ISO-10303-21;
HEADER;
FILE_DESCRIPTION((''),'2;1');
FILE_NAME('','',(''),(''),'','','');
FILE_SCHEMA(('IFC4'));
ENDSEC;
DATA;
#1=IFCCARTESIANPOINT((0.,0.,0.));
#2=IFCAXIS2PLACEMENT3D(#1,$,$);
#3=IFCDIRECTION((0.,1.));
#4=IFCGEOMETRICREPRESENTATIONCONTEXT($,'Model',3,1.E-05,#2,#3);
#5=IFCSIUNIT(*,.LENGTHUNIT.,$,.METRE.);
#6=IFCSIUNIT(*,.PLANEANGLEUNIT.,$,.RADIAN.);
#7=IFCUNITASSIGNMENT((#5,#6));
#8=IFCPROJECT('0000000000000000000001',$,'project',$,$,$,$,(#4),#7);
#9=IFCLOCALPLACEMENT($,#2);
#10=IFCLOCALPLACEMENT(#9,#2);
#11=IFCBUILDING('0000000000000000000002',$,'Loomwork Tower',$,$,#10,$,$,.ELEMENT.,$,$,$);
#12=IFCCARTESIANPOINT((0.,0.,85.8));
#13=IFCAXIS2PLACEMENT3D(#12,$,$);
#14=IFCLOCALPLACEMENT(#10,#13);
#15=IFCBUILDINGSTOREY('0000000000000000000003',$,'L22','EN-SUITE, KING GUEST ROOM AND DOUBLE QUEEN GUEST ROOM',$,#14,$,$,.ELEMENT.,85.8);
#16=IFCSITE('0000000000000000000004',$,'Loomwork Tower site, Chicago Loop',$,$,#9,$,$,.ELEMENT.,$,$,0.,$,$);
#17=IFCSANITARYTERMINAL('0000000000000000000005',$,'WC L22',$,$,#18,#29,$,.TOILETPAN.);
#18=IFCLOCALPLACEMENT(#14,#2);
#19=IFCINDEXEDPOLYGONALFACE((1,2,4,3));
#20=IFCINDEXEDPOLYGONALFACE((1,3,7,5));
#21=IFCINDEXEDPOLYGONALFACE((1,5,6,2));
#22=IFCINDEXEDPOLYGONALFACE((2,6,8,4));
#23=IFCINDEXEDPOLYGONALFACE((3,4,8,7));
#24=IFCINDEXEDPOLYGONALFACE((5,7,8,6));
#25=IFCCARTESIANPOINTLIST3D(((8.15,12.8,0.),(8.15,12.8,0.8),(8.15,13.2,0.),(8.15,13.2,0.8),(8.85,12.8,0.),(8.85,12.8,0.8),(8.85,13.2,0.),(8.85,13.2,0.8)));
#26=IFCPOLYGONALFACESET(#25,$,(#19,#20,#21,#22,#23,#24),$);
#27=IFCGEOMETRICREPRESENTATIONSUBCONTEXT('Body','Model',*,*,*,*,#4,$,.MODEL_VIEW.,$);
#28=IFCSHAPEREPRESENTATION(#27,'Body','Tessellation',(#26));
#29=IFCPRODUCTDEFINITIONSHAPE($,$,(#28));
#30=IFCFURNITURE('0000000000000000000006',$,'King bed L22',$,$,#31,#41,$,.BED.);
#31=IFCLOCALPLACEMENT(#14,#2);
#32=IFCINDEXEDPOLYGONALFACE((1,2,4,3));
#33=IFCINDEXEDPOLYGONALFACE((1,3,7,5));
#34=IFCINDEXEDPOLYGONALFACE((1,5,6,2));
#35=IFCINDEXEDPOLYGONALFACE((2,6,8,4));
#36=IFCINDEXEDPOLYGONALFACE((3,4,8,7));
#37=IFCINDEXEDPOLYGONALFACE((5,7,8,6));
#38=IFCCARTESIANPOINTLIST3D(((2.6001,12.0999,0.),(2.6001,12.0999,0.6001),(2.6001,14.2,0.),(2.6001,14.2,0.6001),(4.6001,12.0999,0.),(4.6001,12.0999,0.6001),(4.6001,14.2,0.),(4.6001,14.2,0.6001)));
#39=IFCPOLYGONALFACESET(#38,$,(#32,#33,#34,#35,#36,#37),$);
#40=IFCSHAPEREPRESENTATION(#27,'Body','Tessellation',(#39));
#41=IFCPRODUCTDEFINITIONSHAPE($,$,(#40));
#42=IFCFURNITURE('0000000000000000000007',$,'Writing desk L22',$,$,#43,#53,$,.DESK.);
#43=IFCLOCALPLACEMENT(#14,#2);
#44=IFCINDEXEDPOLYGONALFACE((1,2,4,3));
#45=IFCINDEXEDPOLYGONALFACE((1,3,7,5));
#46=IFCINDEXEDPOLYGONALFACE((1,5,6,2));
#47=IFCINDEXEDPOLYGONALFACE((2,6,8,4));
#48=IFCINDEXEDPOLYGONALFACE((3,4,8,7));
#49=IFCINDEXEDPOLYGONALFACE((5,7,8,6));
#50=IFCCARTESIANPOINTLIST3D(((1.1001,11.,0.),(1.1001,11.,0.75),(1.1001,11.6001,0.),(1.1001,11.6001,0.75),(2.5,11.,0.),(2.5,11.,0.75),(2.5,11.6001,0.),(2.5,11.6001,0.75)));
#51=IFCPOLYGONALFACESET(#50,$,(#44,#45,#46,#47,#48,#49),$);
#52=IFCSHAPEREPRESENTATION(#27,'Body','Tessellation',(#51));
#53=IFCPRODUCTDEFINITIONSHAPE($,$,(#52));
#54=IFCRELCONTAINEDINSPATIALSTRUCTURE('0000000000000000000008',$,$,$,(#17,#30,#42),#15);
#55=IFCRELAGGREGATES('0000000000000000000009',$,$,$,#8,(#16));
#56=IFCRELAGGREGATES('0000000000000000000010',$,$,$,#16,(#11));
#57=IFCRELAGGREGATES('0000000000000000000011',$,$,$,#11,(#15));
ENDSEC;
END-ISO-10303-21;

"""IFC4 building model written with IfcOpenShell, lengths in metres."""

from ifc_helpers import new_model, si_unit, direction, frame, origin, origin_2d, place, context, subcontext, project, spatial, rectangle, extrude, element, save


model = new_model("IFC4")

# Units and contexts
model_context = context("Model", 3, precision=1e-05, world=origin(), true_north=direction((0.0, 1.0)))
body_context = subcontext(model_context, "Body", "Model", "MODEL_VIEW")
ifc_project = project(units=[si_unit("LENGTHUNIT", "METRE"), si_unit("PLANEANGLEUNIT", "RADIAN")], contexts=[model_context])

# Site, building, storey
site_placement = place(None, origin())
site = spatial("IfcSite", under=ifc_project, at=site_placement, Name="Loomwork Tower site, Chicago Loop", CompositionType="ELEMENT", RefElevation=0.0)
building_placement = place(site_placement, origin())
building = spatial("IfcBuilding", under=site, at=building_placement, Name="Loomwork Tower", CompositionType="ELEMENT")
storey_placement = place(building_placement, frame((0.0, 0.0, 85.8)))
storey = spatial("IfcBuildingStorey", under=building, at=storey_placement, Name="L22", Description="EN-SUITE, KING GUEST ROOM AND DOUBLE QUEEN GUEST ROOM", CompositionType="ELEMENT", Elevation=85.8)

# Sanitary terminal
sanitary_terminal_1_placement = place(storey_placement, frame((8.5, 13.0, 0.0), z_axis=(0.0, 0.0, 1.0), x_axis=(1.0, 0.0, 0.0)))
element("IfcSanitaryTerminal", 1, at=sanitary_terminal_1_placement, inside=storey, Name="WC L22", PredefinedType="TOILETPAN", context=body_context, shape_type="SweptSolid", body=[
    extrude(rectangle(XDim=0.7, YDim=0.3999, at=origin_2d()), origin(), (0.0, 0.0, 1.0), 0.8),
])

# Furniture
furniture_1_placement = place(storey_placement, frame((3.6001, 13.1499, 0.0), z_axis=(0.0, 0.0, 1.0), x_axis=(1.0, 0.0, 0.0)))
element("IfcFurniture", 2, at=furniture_1_placement, inside=storey, Name="King bed L22", PredefinedType="BED", context=body_context, shape_type="SweptSolid", body=[
    extrude(rectangle(XDim=2.0, YDim=2.1001, at=origin_2d()), origin(), (0.0, 0.0, 1.0), 0.6001),
])
furniture_2_placement = place(storey_placement, frame((1.8, 11.3, 0.0), z_axis=(0.0, 0.0, 1.0), x_axis=(1.0, 0.0, 0.0)))
element("IfcFurniture", 3, at=furniture_2_placement, inside=storey, Name="Writing desk L22", PredefinedType="DESK", context=body_context, shape_type="SweptSolid", body=[
    extrude(rectangle(XDim=1.3999, YDim=0.6001, at=origin_2d()), origin(), (0.0, 0.0, 1.0), 0.75),
])

save(model, "model.ifc")
